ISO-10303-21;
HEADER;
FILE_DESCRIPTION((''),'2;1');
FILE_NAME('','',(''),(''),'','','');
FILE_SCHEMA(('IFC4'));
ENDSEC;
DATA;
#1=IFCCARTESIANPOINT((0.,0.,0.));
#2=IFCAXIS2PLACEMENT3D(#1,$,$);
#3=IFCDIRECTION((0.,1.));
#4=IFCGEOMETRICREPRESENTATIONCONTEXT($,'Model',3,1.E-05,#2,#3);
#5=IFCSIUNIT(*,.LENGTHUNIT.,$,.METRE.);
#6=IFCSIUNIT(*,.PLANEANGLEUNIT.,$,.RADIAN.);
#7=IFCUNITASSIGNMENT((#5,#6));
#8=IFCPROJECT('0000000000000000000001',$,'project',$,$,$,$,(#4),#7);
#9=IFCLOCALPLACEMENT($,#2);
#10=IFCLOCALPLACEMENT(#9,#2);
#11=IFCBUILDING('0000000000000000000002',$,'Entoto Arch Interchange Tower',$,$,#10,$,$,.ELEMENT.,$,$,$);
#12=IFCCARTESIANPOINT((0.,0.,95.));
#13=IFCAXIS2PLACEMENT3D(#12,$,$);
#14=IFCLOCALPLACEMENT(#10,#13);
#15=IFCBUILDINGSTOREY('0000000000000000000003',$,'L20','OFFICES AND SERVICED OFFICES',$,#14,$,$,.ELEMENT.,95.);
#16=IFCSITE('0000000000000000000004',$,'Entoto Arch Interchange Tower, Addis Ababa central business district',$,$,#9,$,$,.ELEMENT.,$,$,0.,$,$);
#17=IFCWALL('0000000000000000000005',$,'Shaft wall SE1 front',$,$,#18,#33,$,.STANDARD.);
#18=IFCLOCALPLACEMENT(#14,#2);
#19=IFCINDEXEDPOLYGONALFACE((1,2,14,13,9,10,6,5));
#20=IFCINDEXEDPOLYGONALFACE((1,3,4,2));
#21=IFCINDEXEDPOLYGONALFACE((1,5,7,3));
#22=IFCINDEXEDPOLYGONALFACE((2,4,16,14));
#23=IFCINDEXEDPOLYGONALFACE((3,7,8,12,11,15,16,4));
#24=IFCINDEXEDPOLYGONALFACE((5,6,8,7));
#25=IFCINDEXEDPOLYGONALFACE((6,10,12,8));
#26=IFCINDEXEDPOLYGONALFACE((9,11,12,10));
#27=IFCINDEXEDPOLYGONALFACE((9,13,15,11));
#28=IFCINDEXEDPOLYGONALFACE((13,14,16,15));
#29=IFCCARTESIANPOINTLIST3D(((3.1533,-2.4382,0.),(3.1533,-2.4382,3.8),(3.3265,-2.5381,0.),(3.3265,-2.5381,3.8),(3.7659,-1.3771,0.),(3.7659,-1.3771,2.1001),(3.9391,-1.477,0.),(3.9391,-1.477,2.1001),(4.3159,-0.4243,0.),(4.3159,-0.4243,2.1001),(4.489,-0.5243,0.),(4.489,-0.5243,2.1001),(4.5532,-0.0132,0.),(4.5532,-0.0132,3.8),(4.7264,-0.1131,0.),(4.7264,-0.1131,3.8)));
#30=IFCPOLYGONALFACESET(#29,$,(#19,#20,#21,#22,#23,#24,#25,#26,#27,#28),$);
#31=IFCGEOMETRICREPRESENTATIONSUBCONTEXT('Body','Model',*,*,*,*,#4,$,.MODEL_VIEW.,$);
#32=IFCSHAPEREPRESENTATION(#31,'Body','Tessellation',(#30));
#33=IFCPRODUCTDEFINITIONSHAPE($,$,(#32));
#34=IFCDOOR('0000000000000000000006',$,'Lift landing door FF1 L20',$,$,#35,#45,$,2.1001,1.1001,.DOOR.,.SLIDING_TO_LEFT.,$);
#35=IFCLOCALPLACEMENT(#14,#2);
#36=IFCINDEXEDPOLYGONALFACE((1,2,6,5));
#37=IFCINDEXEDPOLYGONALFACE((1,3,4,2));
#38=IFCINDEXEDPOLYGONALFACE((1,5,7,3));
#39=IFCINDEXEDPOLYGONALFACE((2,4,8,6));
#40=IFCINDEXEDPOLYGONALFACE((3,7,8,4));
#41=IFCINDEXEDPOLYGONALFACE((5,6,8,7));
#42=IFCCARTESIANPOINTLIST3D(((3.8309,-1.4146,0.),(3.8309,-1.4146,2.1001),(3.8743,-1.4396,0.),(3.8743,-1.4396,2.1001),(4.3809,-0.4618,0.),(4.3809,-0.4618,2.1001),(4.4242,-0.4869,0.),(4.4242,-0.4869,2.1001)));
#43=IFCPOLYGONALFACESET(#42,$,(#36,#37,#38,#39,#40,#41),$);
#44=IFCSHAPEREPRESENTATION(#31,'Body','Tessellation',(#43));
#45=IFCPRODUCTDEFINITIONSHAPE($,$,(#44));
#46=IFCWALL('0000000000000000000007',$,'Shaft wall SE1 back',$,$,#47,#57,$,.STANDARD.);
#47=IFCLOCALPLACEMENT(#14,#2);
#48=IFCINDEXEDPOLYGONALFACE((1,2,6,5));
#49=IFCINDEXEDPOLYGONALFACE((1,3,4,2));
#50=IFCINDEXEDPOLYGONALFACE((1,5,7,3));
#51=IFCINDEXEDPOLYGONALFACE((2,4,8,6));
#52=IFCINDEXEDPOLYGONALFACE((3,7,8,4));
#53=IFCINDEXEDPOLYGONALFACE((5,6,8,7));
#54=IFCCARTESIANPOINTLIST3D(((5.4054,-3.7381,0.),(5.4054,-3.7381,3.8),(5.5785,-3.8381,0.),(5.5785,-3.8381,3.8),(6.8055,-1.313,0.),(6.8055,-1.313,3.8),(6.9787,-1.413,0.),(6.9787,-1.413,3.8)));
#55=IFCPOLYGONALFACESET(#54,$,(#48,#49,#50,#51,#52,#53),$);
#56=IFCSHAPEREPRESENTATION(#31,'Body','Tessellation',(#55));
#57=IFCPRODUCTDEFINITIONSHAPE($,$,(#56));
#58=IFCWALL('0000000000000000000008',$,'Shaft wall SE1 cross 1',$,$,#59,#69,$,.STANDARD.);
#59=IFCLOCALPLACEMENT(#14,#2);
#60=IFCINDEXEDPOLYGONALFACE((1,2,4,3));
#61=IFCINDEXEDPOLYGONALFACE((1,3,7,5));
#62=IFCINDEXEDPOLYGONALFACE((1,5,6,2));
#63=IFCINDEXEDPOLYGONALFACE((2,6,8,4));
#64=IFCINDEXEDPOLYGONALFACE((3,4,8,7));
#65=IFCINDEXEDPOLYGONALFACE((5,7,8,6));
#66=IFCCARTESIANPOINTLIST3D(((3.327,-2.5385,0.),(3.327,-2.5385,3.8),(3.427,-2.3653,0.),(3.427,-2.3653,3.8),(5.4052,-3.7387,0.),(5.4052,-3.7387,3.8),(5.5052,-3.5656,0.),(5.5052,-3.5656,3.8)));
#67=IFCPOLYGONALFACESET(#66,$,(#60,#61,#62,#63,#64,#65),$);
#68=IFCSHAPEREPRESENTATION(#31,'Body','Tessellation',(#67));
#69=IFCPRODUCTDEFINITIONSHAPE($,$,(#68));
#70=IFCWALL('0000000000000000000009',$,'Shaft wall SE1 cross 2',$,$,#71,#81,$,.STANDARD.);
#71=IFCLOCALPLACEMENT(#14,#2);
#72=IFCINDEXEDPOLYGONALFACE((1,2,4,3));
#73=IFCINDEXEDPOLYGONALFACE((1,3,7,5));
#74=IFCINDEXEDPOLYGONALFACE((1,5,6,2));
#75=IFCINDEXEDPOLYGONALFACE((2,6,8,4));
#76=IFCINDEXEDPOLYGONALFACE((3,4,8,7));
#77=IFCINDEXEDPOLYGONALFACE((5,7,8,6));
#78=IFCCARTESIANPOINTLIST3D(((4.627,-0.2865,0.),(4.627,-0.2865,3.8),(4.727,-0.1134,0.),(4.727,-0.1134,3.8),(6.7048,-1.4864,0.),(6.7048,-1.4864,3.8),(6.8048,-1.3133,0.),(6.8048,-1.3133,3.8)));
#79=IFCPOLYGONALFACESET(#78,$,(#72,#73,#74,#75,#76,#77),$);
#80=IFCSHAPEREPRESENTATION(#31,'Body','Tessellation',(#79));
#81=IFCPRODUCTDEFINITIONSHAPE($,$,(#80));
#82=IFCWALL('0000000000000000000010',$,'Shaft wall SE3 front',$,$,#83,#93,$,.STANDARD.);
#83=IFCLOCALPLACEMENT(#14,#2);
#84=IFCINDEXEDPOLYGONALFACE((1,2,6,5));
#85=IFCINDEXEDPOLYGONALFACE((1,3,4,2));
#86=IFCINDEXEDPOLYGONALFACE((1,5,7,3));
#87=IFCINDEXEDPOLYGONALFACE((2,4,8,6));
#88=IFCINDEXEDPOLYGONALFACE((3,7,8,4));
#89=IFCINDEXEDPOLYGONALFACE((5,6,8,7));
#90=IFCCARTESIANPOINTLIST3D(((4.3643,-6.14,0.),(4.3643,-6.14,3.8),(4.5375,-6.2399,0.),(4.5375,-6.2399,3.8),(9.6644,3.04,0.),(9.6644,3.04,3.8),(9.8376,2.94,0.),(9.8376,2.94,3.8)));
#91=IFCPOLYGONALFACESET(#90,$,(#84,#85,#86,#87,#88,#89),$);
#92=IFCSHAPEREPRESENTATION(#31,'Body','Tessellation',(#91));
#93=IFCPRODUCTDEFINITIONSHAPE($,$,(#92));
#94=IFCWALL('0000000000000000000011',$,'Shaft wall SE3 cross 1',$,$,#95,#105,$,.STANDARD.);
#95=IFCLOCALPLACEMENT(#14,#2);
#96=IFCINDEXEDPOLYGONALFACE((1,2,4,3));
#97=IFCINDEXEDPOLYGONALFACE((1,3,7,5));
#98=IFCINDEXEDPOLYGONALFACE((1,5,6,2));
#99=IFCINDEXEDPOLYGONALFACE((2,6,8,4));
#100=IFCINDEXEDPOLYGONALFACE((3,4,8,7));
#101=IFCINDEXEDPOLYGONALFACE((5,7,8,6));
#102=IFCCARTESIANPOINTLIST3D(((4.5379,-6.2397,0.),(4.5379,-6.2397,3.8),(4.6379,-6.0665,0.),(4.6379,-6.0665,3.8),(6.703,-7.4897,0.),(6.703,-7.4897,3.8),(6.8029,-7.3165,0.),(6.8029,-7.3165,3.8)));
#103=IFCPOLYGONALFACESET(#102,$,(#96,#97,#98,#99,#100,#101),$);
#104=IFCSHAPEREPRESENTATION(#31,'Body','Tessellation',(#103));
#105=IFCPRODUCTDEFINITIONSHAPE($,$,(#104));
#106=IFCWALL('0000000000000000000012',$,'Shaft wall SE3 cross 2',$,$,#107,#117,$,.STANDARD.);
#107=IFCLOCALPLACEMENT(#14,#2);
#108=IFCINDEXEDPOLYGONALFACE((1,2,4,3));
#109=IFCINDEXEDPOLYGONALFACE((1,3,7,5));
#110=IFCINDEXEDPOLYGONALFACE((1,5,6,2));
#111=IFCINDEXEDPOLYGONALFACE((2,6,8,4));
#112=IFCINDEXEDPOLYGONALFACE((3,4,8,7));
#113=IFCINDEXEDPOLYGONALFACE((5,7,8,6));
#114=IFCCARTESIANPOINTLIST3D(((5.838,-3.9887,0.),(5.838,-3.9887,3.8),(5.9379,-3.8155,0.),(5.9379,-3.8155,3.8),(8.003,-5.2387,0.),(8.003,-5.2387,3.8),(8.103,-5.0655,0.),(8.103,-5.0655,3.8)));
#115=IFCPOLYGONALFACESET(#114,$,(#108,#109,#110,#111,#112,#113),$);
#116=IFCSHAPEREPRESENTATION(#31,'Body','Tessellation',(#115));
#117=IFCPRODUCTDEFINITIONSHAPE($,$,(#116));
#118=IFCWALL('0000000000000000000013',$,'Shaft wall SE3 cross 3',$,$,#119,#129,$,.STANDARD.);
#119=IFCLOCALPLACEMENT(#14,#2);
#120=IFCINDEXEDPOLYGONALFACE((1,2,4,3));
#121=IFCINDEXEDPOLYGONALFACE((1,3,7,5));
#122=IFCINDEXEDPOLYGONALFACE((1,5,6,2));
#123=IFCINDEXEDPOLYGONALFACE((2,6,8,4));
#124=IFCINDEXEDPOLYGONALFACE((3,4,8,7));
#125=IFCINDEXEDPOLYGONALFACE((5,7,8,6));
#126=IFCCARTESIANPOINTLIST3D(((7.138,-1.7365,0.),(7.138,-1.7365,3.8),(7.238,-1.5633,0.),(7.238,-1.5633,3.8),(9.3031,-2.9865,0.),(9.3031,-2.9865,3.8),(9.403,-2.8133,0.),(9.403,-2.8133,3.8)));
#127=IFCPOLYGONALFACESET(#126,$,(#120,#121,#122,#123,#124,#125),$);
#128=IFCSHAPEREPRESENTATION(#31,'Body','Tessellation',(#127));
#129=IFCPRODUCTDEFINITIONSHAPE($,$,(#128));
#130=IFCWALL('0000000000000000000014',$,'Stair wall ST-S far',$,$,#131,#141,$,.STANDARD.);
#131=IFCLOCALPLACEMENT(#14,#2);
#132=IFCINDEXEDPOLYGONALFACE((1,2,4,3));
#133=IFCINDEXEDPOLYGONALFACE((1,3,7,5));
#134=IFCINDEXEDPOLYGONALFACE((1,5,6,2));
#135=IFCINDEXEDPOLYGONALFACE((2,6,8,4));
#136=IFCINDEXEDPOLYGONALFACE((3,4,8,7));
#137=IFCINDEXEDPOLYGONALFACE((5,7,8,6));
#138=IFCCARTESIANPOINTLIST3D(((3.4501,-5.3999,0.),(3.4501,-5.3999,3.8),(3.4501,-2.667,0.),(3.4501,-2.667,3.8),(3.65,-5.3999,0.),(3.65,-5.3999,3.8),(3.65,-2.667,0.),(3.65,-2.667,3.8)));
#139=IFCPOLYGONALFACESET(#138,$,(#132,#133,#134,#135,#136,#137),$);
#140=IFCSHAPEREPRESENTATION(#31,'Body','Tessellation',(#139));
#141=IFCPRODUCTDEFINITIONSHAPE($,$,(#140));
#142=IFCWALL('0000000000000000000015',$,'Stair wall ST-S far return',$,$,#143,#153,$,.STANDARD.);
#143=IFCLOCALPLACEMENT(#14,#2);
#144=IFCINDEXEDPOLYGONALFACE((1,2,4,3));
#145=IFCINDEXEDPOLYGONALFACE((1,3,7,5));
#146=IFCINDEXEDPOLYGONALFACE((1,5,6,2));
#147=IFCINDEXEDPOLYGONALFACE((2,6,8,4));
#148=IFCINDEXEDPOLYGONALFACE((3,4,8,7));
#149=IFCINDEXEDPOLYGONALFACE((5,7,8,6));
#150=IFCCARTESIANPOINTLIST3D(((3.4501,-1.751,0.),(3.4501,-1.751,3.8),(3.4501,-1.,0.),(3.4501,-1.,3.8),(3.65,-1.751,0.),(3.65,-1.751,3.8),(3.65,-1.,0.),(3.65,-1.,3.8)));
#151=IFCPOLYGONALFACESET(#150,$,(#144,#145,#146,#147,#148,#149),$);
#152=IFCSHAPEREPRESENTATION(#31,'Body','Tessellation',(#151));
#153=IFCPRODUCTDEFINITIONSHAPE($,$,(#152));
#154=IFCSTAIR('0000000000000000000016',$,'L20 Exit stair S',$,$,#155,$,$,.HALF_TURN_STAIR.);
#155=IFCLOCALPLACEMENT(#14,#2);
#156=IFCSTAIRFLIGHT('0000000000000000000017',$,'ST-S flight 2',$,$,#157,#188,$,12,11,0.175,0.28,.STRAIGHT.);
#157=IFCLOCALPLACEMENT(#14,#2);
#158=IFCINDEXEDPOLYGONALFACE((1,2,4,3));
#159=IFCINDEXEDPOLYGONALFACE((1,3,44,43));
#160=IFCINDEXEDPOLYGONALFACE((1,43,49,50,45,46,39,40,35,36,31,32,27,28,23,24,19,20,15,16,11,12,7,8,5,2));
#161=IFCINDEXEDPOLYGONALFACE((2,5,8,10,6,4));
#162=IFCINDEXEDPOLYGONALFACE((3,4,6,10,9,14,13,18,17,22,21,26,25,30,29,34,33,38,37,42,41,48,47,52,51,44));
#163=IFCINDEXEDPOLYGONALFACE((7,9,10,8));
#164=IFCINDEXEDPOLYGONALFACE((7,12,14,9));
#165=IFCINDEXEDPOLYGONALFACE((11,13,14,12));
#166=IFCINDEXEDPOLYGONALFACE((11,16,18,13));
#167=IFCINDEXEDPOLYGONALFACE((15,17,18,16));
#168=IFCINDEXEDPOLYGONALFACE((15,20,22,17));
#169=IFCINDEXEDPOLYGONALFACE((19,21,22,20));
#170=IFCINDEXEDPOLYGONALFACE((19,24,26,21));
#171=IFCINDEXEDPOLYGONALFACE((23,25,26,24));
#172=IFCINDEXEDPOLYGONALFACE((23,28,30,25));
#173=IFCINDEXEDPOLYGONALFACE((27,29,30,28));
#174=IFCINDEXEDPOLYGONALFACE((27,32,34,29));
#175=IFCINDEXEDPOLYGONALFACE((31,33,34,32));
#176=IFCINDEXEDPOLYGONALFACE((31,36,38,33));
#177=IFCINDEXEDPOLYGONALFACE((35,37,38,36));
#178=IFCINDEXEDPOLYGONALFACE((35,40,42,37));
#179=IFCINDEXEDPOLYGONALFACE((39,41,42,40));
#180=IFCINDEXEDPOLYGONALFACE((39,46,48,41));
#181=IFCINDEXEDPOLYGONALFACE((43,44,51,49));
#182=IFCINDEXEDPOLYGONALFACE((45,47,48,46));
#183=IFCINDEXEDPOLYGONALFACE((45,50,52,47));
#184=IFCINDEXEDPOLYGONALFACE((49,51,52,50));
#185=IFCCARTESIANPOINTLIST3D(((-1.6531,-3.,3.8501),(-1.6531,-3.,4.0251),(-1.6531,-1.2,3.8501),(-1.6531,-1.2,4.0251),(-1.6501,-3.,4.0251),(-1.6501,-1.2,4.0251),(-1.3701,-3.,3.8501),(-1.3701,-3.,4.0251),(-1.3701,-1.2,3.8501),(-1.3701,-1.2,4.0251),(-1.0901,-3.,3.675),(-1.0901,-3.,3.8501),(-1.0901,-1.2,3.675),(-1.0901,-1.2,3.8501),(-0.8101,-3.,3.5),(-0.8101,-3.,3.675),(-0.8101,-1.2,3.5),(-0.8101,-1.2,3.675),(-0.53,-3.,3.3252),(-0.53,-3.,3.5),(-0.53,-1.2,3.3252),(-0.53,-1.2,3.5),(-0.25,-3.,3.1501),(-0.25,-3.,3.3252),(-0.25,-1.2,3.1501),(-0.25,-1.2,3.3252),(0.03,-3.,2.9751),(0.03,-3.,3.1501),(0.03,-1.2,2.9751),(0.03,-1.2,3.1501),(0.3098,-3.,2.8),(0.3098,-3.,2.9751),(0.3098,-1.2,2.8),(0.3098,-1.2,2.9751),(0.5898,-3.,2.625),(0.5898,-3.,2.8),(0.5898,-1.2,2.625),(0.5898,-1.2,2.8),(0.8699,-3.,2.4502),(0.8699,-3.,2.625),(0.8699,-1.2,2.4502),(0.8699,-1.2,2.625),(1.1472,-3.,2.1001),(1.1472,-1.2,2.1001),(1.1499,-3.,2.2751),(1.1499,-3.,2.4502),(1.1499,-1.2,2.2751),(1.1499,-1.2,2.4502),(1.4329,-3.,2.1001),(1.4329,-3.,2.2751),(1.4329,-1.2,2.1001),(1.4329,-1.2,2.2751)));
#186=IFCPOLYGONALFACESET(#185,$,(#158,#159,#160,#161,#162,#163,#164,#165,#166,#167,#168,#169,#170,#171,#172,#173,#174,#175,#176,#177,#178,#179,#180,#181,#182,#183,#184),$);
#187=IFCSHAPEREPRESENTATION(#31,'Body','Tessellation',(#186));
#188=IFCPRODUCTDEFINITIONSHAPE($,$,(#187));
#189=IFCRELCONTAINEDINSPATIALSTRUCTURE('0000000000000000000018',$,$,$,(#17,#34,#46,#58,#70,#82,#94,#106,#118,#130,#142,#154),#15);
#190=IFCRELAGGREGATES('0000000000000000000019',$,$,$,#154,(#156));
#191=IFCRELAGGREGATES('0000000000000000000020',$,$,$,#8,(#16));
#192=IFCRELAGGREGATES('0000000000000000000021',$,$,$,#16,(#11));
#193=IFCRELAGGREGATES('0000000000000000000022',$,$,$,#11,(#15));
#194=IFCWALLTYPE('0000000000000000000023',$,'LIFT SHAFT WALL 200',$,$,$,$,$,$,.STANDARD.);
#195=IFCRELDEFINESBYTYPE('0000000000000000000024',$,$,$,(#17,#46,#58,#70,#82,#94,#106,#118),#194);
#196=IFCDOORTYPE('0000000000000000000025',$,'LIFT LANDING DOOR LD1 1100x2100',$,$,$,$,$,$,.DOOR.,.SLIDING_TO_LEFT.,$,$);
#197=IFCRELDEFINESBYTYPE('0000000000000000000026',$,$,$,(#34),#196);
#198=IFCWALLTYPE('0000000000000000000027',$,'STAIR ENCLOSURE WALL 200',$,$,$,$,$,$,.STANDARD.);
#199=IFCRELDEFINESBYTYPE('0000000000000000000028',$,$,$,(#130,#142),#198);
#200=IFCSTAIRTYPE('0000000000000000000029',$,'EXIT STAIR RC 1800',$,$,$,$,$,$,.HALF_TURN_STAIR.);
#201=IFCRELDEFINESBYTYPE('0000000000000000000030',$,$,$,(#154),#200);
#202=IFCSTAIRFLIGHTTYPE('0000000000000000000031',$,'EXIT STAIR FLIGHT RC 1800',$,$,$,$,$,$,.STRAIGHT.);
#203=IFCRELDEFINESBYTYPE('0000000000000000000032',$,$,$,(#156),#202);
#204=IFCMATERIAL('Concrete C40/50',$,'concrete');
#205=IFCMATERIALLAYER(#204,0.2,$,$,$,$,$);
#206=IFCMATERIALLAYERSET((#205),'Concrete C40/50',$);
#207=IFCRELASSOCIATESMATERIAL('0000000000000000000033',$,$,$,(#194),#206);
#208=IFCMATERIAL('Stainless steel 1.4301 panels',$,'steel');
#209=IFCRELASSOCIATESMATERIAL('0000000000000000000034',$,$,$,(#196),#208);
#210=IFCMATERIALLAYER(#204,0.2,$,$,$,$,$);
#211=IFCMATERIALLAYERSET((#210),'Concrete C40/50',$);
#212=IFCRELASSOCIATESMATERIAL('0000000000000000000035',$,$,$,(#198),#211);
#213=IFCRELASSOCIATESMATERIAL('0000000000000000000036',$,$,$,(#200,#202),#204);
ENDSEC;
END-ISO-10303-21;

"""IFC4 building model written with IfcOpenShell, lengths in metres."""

from ifc_helpers import new_model, si_unit, direction, frame, frame_2d, origin, place, context, subcontext, project, spatial, polyline, rectangle, outline, extrude, material, layer, layer_set, type_object, element, fill, aggregate, save


model = new_model("IFC4")

# Units and contexts
model_context = context("Model", 3, precision=1e-05, world=origin(), true_north=direction((0.0, 1.0)))
body_context = subcontext(model_context, "Body", "Model", "MODEL_VIEW")
ifc_project = project(units=[si_unit("LENGTHUNIT", "METRE"), si_unit("PLANEANGLEUNIT", "RADIAN")], contexts=[model_context])

# Site, building, storey
site_placement = place(None, origin())
site = spatial("IfcSite", under=ifc_project, at=site_placement, Name="Entoto Arch Interchange Tower, Addis Ababa central business district", CompositionType="ELEMENT", RefElevation=0.0)
building_placement = place(site_placement, origin())
building = spatial("IfcBuilding", under=site, at=building_placement, Name="Entoto Arch Interchange Tower", CompositionType="ELEMENT")
storey_placement = place(building_placement, frame((0.0, 0.0, 95.0)))
storey = spatial("IfcBuildingStorey", under=building, at=storey_placement, Name="L20", Description="OFFICES AND SERVICED OFFICES", CompositionType="ELEMENT", Elevation=95.0)

# Wall, opening, door
ifc_material_1 = material(Name="Concrete C40/50", Category="concrete")
ifc_material_2 = material(Name="Stainless steel 1.4301 panels", Category="steel")
ifc_layer_1 = layer(ifc_material_1, 0.2)
ifc_layer_set_1 = layer_set([ifc_layer_1], Name="Concrete C40/50")
wall_type_1 = type_object("IfcWallType", Name="LIFT SHAFT WALL 200", PredefinedType="STANDARD", material=ifc_layer_set_1)
wall_1_placement = place(storey_placement, frame((3.24, -2.488, 0.0), z_axis=(0.0, 0.0, 1.0), x_axis=(0.499946, 0.866056, 0.0)))
wall_1 = element("IfcWall", 1, at=wall_1_placement, inside=storey, type_object=wall_type_1, Name="Shaft wall SE1 front", PredefinedType="STANDARD", context=body_context, shape_type="SweptSolid", body=[
    extrude(rectangle(XDim=2.8, YDim=0.2, at=frame_2d((1.3999, 0.0))), origin(), (0.0, 0.0, 1.0), 3.8),
])
opening_1_placement = place(wall_1_placement, frame((1.2251, 0.0, 0.0)))
opening_1 = element("IfcOpeningElement", 2, at=opening_1_placement, cuts=wall_1, PredefinedType="OPENING", context=body_context, shape_type="SweptSolid", body=[
    extrude(rectangle(XDim=1.1001, YDim=2.1001, at=frame_2d((0.55, 1.05))), frame((0.0, 0.1099, 0.0), z_axis=(0.0, -1.0, 0.0), x_axis=(1.0, 0.0, 0.0)), (0.0, 0.0, 1.0), 0.22),
])
door_type_1 = type_object("IfcDoorType", Name="LIFT LANDING DOOR LD1 1100x2100", OperationType="SLIDING_TO_LEFT", PredefinedType="DOOR", material=ifc_material_2)
door_1_placement = place(opening_1_placement, origin())
door_1 = element("IfcDoor", 3, at=door_1_placement, inside=storey, type_object=door_type_1, Name="Lift landing door FF1 L20", OperationType="SLIDING_TO_LEFT", OverallHeight=2.1001, OverallWidth=1.1001, PredefinedType="DOOR", context=body_context, shape_type="SweptSolid", body=[
    extrude(rectangle(XDim=1.1001, YDim=2.1001, at=frame_2d((0.55, 1.05))), frame((0.0, 0.0249, 0.0), z_axis=(0.0, -1.0, 0.0), x_axis=(1.0, 0.0, 0.0)), (0.0, 0.0, 1.0), 0.05),
])
fill(opening_1, door_1)

# Walls
wall_2_placement = place(storey_placement, frame((5.4919, -3.7881, 0.0), z_axis=(0.0, 0.0, 1.0), x_axis=(0.500012, 0.866019, 0.0)))
element("IfcWall", 4, at=wall_2_placement, inside=storey, type_object=wall_type_1, Name="Shaft wall SE1 back", PredefinedType="STANDARD", context=body_context, shape_type="SweptSolid", body=[
    extrude(rectangle(XDim=2.8003, YDim=0.2, at=frame_2d((1.4001, 0.0))), origin(), (0.0, 0.0, 1.0), 3.8),
])
wall_3_placement = place(storey_placement, frame((3.377, -2.4519, 0.0), z_axis=(0.0, 0.0, 1.0), x_axis=(0.865955, -0.500122, 0.0)))
element("IfcWall", 5, at=wall_3_placement, inside=storey, type_object=wall_type_1, Name="Shaft wall SE1 cross 1", PredefinedType="STANDARD", context=body_context, shape_type="SweptSolid", body=[
    extrude(rectangle(XDim=2.3999, YDim=0.2, at=frame_2d((1.2, 0.0))), origin(), (0.0, 0.0, 1.0), 3.8),
])
wall_4_placement = place(storey_placement, frame((4.677, -0.2, 0.0), z_axis=(0.0, 0.0, 1.0), x_axis=(0.865974, -0.500089, 0.0)))
element("IfcWall", 6, at=wall_4_placement, inside=storey, type_object=wall_type_1, Name="Shaft wall SE1 cross 2", PredefinedType="STANDARD", context=body_context, shape_type="SweptSolid", body=[
    extrude(rectangle(XDim=2.3994, YDim=0.2, at=frame_2d((1.1997, 0.0))), origin(), (0.0, 0.0, 1.0), 3.8),
])
wall_5_placement = place(storey_placement, frame((4.4509, -6.1899, 0.0), z_axis=(0.0, 0.0, 1.0), x_axis=(0.500001, 0.866025, 0.0)))
element("IfcWall", 7, at=wall_5_placement, inside=storey, type_object=wall_type_1, Name="Shaft wall SE3 front", PredefinedType="STANDARD", context=body_context, shape_type="SweptSolid", body=[
    extrude(rectangle(XDim=10.6001, YDim=0.2, at=frame_2d((5.3, 0.0))), origin(), (0.0, 0.0, 1.0), 3.8),
])
for number, where, z_axis, x_axis, name in (
    (8, (4.5879, -6.1531, 0.0), (0.0, 0.0, 1.0), (0.866023, -0.500004, 0.0), "Shaft wall SE3 cross 1"),
    (9, (5.8879, -3.9021, 0.0), (0.0, 0.0, 1.0), (0.866023, -0.500004, 0.0), "Shaft wall SE3 cross 2"),
    (10, (7.188, -1.6499, 0.0), (0.0, 0.0, 1.0), (0.866023, -0.500004, 0.0), "Shaft wall SE3 cross 3"),
):
    element("IfcWall", number, at=place(storey_placement, frame(where, z_axis=z_axis, x_axis=x_axis)), inside=storey, type_object=wall_type_1, Name=name, PredefinedType="STANDARD", context=body_context, shape_type="SweptSolid", body=[
        extrude(rectangle(XDim=2.5, YDim=0.2, at=frame_2d((1.25, 0.0))), origin(), (0.0, 0.0, 1.0), 3.8),
    ])
ifc_layer_2 = layer(ifc_material_1, 0.2)
ifc_layer_set_2 = layer_set([ifc_layer_2], Name="Concrete C40/50")
wall_type_2 = type_object("IfcWallType", Name="STAIR ENCLOSURE WALL 200", PredefinedType="STANDARD", material=ifc_layer_set_2)
wall_6_placement = place(storey_placement, frame((3.55, -2.667, 0.0), z_axis=(0.0, 0.0, 1.0), x_axis=(0.0, -1.0, 0.0)))
element("IfcWall", 11, at=wall_6_placement, inside=storey, type_object=wall_type_2, Name="Stair wall ST-S far", PredefinedType="STANDARD", context=body_context, shape_type="SweptSolid", body=[
    extrude(rectangle(XDim=2.7329, YDim=0.2, at=frame_2d((1.3665, 0.0))), origin(), (0.0, 0.0, 1.0), 3.8),
])
wall_7_placement = place(storey_placement, frame((3.55, -1.0, 0.0), z_axis=(0.0, 0.0, 1.0), x_axis=(0.0, -1.0, 0.0)))
element("IfcWall", 12, at=wall_7_placement, inside=storey, type_object=wall_type_2, Name="Stair wall ST-S far return", PredefinedType="STANDARD", context=body_context, shape_type="SweptSolid", body=[
    extrude(rectangle(XDim=0.751, YDim=0.2, at=frame_2d((0.3755, 0.0))), origin(), (0.0, 0.0, 1.0), 3.8),
])

# Stair, stair flight
stair_type = type_object("IfcStairType", Name="EXIT STAIR RC 1800", PredefinedType="HALF_TURN_STAIR", material=ifc_material_1)
stair_placement = place(storey_placement, origin())
stair = element("IfcStair", 13, at=stair_placement, inside=storey, type_object=stair_type, Name="L20 Exit stair S", PredefinedType="HALF_TURN_STAIR")
stair_flight_type = type_object("IfcStairFlightType", Name="EXIT STAIR FLIGHT RC 1800", PredefinedType="STRAIGHT", material=ifc_material_1)
stair_flight_placement = place(storey_placement, frame((1.4299, -2.1001, 2.1001), z_axis=(0.0, 0.0, 1.0), x_axis=(-1.0, 0.0, 0.0)))
stair_flight = element("IfcStairFlight", 14, at=stair_flight_placement, type_object=stair_flight_type, Name="ST-S flight 2", NumberOfRisers=12, NumberOfTreads=11, PredefinedType="STRAIGHT", RiserHeight=0.175, TreadLength=0.28, context=body_context, shape_type="SweptSolid", body=[
    extrude(outline(polyline([(-0.0029, 0.0), (-0.0029, 0.175), (0.28, 0.175), (0.28, 0.3501), (0.5601, 0.3501), (0.5601, 0.5249), (0.8401, 0.5249), (0.8401, 0.7), (1.1201, 0.7), (1.1201, 0.875), (1.3999, 0.875), (1.3999, 1.05), (1.6799, 1.05), (1.6799, 1.2251), (1.96, 1.2251), (1.96, 1.3999), (2.24, 1.3999), (2.24, 1.575), (2.52, 1.575), (2.52, 1.75), (2.8, 1.75), (2.8, 1.925), (3.0801, 1.925), (3.083, 1.925), (3.083, 1.75), (0.2827, 0.0), (-0.0029, 0.0)])), frame((0.0, 0.8999, 0.0), z_axis=(0.0, -1.0, 0.0), x_axis=(1.0, 0.0, 0.0)), (0.0, 0.0, 1.0), 1.8),
])
aggregate(stair, [stair_flight])

save(model, "model.ifc")
